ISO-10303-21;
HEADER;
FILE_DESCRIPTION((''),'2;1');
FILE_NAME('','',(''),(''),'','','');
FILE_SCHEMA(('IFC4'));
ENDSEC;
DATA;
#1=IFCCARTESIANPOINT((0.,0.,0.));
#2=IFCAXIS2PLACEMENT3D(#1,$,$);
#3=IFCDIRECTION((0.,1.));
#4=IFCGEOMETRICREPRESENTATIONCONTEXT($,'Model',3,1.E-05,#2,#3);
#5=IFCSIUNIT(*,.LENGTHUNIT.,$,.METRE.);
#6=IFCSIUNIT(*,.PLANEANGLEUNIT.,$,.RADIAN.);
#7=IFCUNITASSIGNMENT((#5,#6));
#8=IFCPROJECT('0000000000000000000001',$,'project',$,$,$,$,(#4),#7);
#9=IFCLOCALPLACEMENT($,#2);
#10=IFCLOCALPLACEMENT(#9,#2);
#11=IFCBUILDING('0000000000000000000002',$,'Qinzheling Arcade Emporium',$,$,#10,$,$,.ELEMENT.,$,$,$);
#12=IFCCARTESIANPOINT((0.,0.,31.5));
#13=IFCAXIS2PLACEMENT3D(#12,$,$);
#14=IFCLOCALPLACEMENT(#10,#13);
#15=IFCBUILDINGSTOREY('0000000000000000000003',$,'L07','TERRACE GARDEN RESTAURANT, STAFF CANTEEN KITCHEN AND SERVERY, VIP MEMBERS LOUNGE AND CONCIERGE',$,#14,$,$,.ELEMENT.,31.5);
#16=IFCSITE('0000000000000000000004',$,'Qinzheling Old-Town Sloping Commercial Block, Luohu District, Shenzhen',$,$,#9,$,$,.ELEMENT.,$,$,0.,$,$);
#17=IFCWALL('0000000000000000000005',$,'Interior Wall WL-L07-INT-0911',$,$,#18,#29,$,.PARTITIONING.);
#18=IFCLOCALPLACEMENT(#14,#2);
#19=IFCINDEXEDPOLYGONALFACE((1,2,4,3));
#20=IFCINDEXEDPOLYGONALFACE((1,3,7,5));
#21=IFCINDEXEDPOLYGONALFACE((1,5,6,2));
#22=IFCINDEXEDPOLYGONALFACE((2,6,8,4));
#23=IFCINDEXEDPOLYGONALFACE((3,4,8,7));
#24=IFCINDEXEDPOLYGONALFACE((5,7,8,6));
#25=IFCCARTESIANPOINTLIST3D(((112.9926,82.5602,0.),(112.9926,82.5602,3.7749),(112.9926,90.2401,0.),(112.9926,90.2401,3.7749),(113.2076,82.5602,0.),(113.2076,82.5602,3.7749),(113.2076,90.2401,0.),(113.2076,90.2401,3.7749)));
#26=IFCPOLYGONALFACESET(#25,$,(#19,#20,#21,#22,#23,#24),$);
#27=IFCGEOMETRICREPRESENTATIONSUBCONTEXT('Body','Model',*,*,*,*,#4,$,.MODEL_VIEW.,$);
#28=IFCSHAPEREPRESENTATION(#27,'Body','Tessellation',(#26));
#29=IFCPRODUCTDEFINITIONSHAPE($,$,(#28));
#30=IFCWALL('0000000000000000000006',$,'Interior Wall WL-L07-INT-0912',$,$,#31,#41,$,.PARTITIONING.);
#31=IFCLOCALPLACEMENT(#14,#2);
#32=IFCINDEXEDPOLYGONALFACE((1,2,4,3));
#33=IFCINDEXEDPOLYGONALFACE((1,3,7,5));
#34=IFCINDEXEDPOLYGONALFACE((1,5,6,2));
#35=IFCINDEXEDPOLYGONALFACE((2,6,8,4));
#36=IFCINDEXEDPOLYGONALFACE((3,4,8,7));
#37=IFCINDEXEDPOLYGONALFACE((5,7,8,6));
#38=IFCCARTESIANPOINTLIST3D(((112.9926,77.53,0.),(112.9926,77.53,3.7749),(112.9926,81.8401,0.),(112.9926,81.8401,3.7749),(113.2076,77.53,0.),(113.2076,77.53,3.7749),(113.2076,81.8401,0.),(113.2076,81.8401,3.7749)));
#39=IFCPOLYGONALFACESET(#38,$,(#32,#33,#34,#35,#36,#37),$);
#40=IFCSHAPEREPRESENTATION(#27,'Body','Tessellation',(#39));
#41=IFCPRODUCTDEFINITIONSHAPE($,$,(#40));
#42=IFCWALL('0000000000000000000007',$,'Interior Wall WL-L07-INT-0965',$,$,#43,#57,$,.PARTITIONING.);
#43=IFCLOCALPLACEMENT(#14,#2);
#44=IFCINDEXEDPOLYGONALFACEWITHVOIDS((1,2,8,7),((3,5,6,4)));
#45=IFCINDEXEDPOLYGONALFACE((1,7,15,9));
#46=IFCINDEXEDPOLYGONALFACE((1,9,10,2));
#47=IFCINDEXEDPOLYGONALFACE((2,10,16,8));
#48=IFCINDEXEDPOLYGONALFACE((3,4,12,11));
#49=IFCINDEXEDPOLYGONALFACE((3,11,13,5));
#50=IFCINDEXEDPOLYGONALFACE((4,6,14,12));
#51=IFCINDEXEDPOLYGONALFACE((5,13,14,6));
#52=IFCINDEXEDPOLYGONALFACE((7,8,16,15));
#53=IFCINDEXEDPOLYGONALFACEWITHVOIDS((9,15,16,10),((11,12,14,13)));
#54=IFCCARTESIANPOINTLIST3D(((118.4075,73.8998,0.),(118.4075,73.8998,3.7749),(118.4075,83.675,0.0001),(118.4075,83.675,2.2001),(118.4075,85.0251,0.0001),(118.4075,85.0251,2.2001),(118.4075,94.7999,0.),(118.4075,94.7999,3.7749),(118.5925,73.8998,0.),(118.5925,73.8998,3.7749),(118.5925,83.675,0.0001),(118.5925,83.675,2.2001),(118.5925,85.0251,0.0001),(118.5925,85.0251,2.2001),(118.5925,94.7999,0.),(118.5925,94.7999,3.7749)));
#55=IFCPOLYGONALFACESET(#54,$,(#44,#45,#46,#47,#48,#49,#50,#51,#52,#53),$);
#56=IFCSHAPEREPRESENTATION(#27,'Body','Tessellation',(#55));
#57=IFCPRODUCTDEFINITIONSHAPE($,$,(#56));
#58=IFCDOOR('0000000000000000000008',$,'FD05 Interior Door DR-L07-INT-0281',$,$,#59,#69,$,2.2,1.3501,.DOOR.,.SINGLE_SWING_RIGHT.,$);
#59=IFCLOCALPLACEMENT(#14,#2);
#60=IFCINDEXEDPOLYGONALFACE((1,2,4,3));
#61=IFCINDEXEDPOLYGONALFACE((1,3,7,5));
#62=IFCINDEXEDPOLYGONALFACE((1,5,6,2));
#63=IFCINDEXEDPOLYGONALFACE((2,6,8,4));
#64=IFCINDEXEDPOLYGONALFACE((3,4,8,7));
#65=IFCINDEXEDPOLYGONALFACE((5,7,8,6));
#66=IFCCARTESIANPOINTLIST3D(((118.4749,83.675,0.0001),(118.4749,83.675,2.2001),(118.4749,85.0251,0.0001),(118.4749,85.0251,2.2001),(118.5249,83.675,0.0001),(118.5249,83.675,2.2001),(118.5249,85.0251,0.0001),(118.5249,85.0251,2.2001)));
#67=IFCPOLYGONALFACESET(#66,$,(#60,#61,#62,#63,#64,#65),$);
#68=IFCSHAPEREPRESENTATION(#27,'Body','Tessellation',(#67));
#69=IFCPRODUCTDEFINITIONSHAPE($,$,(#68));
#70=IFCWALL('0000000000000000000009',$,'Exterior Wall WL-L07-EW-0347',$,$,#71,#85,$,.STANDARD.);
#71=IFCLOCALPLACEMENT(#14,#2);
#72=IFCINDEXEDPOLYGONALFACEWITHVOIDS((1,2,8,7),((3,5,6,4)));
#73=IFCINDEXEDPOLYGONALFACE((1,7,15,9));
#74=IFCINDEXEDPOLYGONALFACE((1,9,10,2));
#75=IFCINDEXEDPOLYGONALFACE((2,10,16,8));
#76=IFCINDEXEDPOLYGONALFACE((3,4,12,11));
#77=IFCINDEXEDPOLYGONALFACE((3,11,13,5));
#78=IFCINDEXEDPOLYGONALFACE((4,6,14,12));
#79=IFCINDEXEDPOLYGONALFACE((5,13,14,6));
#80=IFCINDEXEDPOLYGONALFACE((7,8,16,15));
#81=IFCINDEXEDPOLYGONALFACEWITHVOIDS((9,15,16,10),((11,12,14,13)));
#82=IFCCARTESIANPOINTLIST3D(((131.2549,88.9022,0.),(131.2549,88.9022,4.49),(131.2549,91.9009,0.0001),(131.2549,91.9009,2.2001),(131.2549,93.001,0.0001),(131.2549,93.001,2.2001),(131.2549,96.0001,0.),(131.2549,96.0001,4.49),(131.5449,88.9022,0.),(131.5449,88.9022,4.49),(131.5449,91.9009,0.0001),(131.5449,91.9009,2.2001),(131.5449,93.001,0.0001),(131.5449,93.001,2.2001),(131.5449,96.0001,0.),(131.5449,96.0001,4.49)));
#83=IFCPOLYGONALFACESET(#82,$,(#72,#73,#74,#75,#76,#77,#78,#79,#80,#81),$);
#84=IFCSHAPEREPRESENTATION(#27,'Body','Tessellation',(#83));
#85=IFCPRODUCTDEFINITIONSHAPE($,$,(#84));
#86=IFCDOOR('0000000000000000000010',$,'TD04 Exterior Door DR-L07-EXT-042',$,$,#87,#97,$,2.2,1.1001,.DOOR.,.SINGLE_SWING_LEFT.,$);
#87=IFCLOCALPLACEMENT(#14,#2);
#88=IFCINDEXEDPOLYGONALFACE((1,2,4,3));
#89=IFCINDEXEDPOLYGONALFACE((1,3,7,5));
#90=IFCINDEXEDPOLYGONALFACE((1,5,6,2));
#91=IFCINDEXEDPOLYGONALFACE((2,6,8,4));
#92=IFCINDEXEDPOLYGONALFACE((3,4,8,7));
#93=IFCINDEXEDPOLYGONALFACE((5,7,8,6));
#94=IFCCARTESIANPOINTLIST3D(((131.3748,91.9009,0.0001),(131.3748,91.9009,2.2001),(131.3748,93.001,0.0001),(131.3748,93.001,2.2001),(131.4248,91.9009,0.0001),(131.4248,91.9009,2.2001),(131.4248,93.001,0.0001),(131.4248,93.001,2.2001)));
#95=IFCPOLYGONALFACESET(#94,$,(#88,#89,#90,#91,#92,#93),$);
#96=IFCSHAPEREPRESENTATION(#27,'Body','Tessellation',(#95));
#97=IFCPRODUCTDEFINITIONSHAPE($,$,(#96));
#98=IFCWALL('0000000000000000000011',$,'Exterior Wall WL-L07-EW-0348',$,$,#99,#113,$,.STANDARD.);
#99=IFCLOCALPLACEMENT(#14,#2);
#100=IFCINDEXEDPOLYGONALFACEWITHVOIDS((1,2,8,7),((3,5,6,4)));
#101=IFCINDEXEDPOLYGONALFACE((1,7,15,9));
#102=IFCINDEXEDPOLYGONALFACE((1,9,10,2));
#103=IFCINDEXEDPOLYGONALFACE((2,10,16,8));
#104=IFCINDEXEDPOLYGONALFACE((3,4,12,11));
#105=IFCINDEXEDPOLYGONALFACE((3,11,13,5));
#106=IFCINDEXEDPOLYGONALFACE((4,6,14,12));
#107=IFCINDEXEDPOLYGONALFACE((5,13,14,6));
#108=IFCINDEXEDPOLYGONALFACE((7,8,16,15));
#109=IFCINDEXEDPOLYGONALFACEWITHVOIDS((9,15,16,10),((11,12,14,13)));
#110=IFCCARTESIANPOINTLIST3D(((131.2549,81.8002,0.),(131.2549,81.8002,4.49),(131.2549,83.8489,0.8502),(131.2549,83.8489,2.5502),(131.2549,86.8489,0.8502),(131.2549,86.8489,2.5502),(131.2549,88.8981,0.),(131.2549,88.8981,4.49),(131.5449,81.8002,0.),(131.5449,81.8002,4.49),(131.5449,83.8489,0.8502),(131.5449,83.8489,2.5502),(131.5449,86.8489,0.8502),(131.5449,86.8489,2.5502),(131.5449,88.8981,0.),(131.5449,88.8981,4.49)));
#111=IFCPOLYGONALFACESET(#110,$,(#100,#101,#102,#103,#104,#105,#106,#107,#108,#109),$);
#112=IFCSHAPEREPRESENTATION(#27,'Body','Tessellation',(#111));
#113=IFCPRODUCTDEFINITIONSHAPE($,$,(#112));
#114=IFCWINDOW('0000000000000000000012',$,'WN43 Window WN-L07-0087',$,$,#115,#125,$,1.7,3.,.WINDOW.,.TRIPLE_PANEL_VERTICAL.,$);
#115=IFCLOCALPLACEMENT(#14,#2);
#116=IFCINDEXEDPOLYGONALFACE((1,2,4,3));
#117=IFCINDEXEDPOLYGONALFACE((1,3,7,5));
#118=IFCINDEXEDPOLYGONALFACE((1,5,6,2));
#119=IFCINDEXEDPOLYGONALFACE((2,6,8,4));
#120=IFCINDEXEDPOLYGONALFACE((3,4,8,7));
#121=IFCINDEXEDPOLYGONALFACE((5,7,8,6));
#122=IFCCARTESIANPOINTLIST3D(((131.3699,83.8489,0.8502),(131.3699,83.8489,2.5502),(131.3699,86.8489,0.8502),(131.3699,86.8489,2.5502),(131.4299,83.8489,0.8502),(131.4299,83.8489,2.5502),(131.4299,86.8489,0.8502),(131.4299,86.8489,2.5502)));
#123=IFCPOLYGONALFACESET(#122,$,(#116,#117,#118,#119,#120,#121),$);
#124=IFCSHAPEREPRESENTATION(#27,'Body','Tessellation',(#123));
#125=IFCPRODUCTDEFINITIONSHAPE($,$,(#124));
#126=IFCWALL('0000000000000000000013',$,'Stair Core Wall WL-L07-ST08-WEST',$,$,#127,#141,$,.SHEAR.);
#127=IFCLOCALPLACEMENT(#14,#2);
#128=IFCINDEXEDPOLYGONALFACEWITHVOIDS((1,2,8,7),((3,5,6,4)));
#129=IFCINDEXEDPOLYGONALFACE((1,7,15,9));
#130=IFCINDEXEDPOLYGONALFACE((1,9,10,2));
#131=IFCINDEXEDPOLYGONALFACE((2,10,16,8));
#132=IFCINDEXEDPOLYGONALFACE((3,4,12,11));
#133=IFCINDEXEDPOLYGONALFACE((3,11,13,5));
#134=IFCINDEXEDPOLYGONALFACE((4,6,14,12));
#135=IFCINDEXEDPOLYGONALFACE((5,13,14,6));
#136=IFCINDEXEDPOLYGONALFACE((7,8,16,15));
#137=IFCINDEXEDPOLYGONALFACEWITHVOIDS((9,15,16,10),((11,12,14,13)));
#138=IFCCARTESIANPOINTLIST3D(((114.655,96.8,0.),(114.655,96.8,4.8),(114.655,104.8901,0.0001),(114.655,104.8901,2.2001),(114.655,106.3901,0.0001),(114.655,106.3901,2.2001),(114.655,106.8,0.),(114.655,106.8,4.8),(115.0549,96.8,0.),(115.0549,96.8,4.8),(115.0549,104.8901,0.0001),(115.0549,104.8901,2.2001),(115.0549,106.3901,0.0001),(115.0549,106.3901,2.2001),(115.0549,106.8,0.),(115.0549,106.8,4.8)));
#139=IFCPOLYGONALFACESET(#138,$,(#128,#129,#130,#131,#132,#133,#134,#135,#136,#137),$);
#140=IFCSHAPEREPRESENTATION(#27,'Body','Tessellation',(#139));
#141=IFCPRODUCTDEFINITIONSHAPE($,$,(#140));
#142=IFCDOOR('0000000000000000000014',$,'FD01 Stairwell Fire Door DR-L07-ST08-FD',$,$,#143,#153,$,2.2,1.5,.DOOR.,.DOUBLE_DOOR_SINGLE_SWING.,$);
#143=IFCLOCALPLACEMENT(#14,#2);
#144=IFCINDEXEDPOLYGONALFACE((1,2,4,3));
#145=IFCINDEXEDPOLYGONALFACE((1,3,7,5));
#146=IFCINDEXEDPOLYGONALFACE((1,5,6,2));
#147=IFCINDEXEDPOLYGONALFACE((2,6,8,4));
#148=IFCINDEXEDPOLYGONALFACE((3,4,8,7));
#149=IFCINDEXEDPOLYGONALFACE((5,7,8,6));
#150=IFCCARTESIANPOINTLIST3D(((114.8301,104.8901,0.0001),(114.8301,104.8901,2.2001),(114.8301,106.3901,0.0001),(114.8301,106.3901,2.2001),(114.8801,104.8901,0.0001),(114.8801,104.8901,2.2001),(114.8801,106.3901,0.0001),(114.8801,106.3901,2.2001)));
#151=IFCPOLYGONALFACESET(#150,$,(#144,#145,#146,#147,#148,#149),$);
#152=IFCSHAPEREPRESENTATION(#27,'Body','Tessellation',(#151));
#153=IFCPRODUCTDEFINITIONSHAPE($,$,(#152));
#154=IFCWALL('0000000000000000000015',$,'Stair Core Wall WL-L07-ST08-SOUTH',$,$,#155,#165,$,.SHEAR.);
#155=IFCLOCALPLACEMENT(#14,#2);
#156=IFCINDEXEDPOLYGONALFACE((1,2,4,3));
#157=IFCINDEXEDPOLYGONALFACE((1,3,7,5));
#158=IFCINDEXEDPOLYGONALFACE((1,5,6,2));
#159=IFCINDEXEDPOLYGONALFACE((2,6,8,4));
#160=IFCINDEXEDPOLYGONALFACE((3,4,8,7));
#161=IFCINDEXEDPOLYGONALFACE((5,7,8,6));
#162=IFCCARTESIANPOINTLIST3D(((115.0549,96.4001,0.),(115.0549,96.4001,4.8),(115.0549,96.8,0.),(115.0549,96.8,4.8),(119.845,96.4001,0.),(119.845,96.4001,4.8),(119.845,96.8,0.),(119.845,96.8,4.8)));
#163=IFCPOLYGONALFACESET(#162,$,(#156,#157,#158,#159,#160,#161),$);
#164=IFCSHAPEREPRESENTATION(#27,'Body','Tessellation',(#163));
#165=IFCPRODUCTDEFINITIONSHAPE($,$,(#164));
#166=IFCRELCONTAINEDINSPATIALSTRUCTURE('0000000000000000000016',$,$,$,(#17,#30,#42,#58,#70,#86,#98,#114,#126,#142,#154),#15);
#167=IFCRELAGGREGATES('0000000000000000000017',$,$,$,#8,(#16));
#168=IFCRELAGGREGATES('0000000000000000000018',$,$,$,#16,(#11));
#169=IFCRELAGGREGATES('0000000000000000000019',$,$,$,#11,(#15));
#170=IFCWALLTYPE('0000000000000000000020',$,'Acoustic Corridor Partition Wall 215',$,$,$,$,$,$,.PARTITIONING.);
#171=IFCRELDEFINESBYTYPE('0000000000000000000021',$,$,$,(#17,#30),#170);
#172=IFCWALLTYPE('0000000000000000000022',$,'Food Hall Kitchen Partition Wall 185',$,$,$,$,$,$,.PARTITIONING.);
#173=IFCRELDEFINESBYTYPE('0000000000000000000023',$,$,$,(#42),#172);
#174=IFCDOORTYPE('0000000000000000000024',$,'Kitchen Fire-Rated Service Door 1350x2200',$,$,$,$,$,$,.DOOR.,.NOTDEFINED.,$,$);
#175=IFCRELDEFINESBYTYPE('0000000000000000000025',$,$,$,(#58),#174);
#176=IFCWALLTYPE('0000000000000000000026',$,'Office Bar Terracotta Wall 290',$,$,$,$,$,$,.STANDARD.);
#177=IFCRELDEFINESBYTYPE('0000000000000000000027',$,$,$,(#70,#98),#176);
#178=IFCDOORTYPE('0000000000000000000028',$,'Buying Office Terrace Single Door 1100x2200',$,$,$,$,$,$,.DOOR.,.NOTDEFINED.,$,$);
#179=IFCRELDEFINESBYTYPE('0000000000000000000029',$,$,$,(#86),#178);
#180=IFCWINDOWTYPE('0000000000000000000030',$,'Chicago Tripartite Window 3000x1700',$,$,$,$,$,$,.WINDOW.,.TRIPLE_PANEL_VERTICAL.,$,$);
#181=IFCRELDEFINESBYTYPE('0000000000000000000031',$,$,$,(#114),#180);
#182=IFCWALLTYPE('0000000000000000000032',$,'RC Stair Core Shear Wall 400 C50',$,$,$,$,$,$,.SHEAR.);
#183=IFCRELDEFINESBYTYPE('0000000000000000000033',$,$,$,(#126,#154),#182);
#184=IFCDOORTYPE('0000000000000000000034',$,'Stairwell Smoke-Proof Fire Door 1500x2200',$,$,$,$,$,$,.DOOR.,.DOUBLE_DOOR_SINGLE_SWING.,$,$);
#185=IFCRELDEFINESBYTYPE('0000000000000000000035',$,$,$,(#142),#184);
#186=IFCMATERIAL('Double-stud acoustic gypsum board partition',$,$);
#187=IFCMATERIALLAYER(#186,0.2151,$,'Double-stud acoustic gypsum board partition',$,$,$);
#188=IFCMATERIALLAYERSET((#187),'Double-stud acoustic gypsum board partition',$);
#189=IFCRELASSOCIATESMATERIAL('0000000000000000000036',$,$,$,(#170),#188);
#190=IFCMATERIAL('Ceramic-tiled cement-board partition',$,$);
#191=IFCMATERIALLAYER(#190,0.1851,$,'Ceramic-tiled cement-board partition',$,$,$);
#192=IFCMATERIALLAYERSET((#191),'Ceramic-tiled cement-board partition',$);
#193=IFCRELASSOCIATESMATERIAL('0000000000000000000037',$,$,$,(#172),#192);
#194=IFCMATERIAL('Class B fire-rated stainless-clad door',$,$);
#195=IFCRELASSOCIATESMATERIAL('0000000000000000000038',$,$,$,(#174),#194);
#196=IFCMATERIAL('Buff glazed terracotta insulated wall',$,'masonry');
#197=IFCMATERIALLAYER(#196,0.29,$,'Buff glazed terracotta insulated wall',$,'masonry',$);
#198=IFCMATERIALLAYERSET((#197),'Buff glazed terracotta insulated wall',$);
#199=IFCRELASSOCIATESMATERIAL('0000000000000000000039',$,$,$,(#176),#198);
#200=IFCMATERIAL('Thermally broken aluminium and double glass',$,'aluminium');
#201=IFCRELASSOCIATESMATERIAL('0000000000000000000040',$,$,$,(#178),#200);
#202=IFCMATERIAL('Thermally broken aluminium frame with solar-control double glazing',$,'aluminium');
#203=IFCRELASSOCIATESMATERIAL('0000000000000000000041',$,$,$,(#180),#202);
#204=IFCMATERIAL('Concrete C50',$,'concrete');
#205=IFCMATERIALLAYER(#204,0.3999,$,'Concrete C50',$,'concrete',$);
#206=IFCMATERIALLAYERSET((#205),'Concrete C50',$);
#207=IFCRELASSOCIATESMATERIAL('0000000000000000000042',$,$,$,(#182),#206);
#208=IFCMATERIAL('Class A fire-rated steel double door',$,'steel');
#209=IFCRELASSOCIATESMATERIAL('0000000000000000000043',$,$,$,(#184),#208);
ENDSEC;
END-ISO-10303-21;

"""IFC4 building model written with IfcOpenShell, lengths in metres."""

from ifc_helpers import new_model, si_unit, direction, frame, frame_2d, origin, place, context, subcontext, project, spatial, rectangle, extrude, material, layer, layer_set, type_object, element, fill, save


model = new_model("IFC4")

# Units and contexts
model_context = context("Model", 3, precision=1e-05, world=origin(), true_north=direction((0.0, 1.0)))
body_context = subcontext(model_context, "Body", "Model", "MODEL_VIEW")
ifc_project = project(units=[si_unit("LENGTHUNIT", "METRE"), si_unit("PLANEANGLEUNIT", "RADIAN")], contexts=[model_context])

# Site, building, storey
site_placement = place(None, origin())
site = spatial("IfcSite", under=ifc_project, at=site_placement, Name="Qinzheling Old-Town Sloping Commercial Block, Luohu District, Shenzhen", CompositionType="ELEMENT", RefElevation=0.0)
building_placement = place(site_placement, origin())
building = spatial("IfcBuilding", under=site, at=building_placement, Name="Qinzheling Arcade Emporium", CompositionType="ELEMENT")
storey_placement = place(building_placement, frame((0.0, 0.0, 31.5)))
storey = spatial("IfcBuildingStorey", under=building, at=storey_placement, Name="L07", Description="TERRACE GARDEN RESTAURANT, STAFF CANTEEN KITCHEN AND SERVERY, VIP MEMBERS LOUNGE AND CONCIERGE", CompositionType="ELEMENT", Elevation=31.5)

# Walls
ifc_material_1 = material(Name="Double-stud acoustic gypsum board partition")
ifc_layer_1 = layer(ifc_material_1, 0.2151, Name="Double-stud acoustic gypsum board partition")
ifc_layer_set_1 = layer_set([ifc_layer_1], Name="Double-stud acoustic gypsum board partition")
wall_type_1 = type_object("IfcWallType", Name="Acoustic Corridor Partition Wall 215", PredefinedType="PARTITIONING", material=ifc_layer_set_1)
wall_1_placement = place(storey_placement, frame((113.1001, 90.24, 0.0), z_axis=(0.0, 0.0, 1.0), x_axis=(0.0, -1.0, 0.0)))
element("IfcWall", 1, at=wall_1_placement, inside=storey, type_object=wall_type_1, Name="Interior Wall WL-L07-INT-0911", PredefinedType="PARTITIONING", context=body_context, shape_type="SweptSolid", body=[
    extrude(rectangle(XDim=7.6799, YDim=0.2151, at=frame_2d((3.8398, 0.0))), origin(), (0.0, 0.0, 1.0), 3.7749),
])
wall_2_placement = place(storey_placement, frame((113.1001, 81.8401, 0.0), z_axis=(0.0, 0.0, 1.0), x_axis=(0.0, -1.0, 0.0)))
element("IfcWall", 2, at=wall_2_placement, inside=storey, type_object=wall_type_1, Name="Interior Wall WL-L07-INT-0912", PredefinedType="PARTITIONING", context=body_context, shape_type="SweptSolid", body=[
    extrude(rectangle(XDim=4.3101, YDim=0.2151, at=frame_2d((2.155, 0.0))), origin(), (0.0, 0.0, 1.0), 3.7749),
])

# Walls, openings, doors
ifc_material_2 = material(Name="Ceramic-tiled cement-board partition")
ifc_layer_2 = layer(ifc_material_2, 0.1851, Name="Ceramic-tiled cement-board partition")
ifc_layer_set_2 = layer_set([ifc_layer_2], Name="Ceramic-tiled cement-board partition")
wall_type_2 = type_object("IfcWallType", Name="Food Hall Kitchen Partition Wall 185", PredefinedType="PARTITIONING", material=ifc_layer_set_2)
wall_3_placement = place(storey_placement, frame((118.5, 94.8, 0.0), z_axis=(0.0, 0.0, 1.0), x_axis=(0.0, -1.0, 0.0)))
wall_3 = element("IfcWall", 3, at=wall_3_placement, inside=storey, type_object=wall_type_2, Name="Interior Wall WL-L07-INT-0965", PredefinedType="PARTITIONING", context=body_context, shape_type="SweptSolid", body=[
    extrude(rectangle(XDim=20.9001, YDim=0.1851, at=frame_2d((10.4502, 0.0))), origin(), (0.0, 0.0, 1.0), 3.7749),
])
opening_1_placement = place(wall_3_placement, frame((9.7749, 0.0, 0.0)))
opening_1 = element("IfcOpeningElement", 4, at=opening_1_placement, cuts=wall_3, PredefinedType="OPENING", context=body_context, shape_type="SweptSolid", body=[
    extrude(rectangle(XDim=1.3501, YDim=2.2, at=frame_2d((0.675, 1.1001))), frame((0.0, 0.1025, 0.0), z_axis=(0.0, -1.0, 0.0), x_axis=(1.0, 0.0, 0.0)), (0.0, 0.0, 1.0), 0.2051),
])
ifc_material_3 = material(Name="Class B fire-rated stainless-clad door")
door_type_1 = type_object("IfcDoorType", Name="Kitchen Fire-Rated Service Door 1350x2200", OperationType="NOTDEFINED", PredefinedType="DOOR", material=ifc_material_3)
door_1_placement = place(opening_1_placement, origin())
door_1 = element("IfcDoor", 5, at=door_1_placement, inside=storey, type_object=door_type_1, Name="FD05 Interior Door DR-L07-INT-0281", OperationType="SINGLE_SWING_RIGHT", OverallHeight=2.2, OverallWidth=1.3501, PredefinedType="DOOR", context=body_context, shape_type="SweptSolid", body=[
    extrude(rectangle(XDim=1.3501, YDim=2.2, at=frame_2d((0.675, 1.1001))), frame((0.0, 0.0249, 0.0), z_axis=(0.0, -1.0, 0.0), x_axis=(1.0, 0.0, 0.0)), (0.0, 0.0, 1.0), 0.05),
])
fill(opening_1, door_1)
ifc_material_4 = material(Name="Buff glazed terracotta insulated wall", Category="masonry")
ifc_layer_3 = layer(ifc_material_4, 0.29, Name="Buff glazed terracotta insulated wall", Category="masonry")
ifc_layer_set_3 = layer_set([ifc_layer_3], Name="Buff glazed terracotta insulated wall")
wall_type_3 = type_object("IfcWallType", Name="Office Bar Terracotta Wall 290", PredefinedType="STANDARD", material=ifc_layer_set_3)
wall_4_placement = place(storey_placement, frame((131.3999, 96.0, 0.0), z_axis=(0.0, 0.0, 1.0), x_axis=(0.0, -1.0, 0.0)))
wall_4 = element("IfcWall", 6, at=wall_4_placement, inside=storey, type_object=wall_type_3, Name="Exterior Wall WL-L07-EW-0347", PredefinedType="STANDARD", context=body_context, shape_type="SweptSolid", body=[
    extrude(rectangle(XDim=7.0979, YDim=0.29, at=frame_2d((3.5488, 0.0))), origin(), (0.0, 0.0, 1.0), 4.49),
])
opening_2_placement = place(wall_4_placement, frame((2.999, 0.0, 0.0)))
opening_2 = element("IfcOpeningElement", 7, at=opening_2_placement, cuts=wall_4, PredefinedType="OPENING", context=body_context, shape_type="SweptSolid", body=[
    extrude(rectangle(XDim=1.1001, YDim=2.2, at=frame_2d((0.55, 1.1001))), frame((0.0, 0.155, 0.0), z_axis=(0.0, -1.0, 0.0), x_axis=(1.0, 0.0, 0.0)), (0.0, 0.0, 1.0), 0.3101),
])
ifc_material_5 = material(Name="Thermally broken aluminium and double glass", Category="aluminium")
door_type_2 = type_object("IfcDoorType", Name="Buying Office Terrace Single Door 1100x2200", OperationType="NOTDEFINED", PredefinedType="DOOR", material=ifc_material_5)
door_2_placement = place(opening_2_placement, origin())
door_2 = element("IfcDoor", 8, at=door_2_placement, inside=storey, type_object=door_type_2, Name="TD04 Exterior Door DR-L07-EXT-042", OperationType="SINGLE_SWING_LEFT", OverallHeight=2.2, OverallWidth=1.1001, PredefinedType="DOOR", context=body_context, shape_type="SweptSolid", body=[
    extrude(rectangle(XDim=1.1001, YDim=2.2, at=frame_2d((0.55, 1.1001))), frame((0.0, 0.0249, 0.0), z_axis=(0.0, -1.0, 0.0), x_axis=(1.0, 0.0, 0.0)), (0.0, 0.0, 1.0), 0.05),
])
fill(opening_2, door_2)

# Wall, opening, window
wall_5_placement = place(storey_placement, frame((131.3999, 88.8979, 0.0), z_axis=(0.0, 0.0, 1.0), x_axis=(0.0, -1.0, 0.0)))
wall_5 = element("IfcWall", 9, at=wall_5_placement, inside=storey, type_object=wall_type_3, Name="Exterior Wall WL-L07-EW-0348", PredefinedType="STANDARD", context=body_context, shape_type="SweptSolid", body=[
    extrude(rectangle(XDim=7.0979, YDim=0.29, at=frame_2d((3.5488, 0.0))), origin(), (0.0, 0.0, 1.0), 4.49),
])
opening_3_placement = place(wall_5_placement, frame((2.0491, 0.0, 0.8501)))
opening_3 = element("IfcOpeningElement", 10, at=opening_3_placement, cuts=wall_5, PredefinedType="OPENING", context=body_context, shape_type="SweptSolid", body=[
    extrude(rectangle(XDim=3.0, YDim=1.7, at=frame_2d((1.5, 0.8501))), frame((0.0, 0.155, 0.0), z_axis=(0.0, -1.0, 0.0), x_axis=(1.0, 0.0, 0.0)), (0.0, 0.0, 1.0), 0.3101),
])
ifc_material_6 = material(Name="Thermally broken aluminium frame with solar-control double glazing", Category="aluminium")
window_type = type_object("IfcWindowType", Name="Chicago Tripartite Window 3000x1700", PartitioningType="TRIPLE_PANEL_VERTICAL", PredefinedType="WINDOW", material=ifc_material_6)
window_placement = place(opening_3_placement, origin())
window = element("IfcWindow", 11, at=window_placement, inside=storey, type_object=window_type, Name="WN43 Window WN-L07-0087", OverallHeight=1.7, OverallWidth=3.0, PartitioningType="TRIPLE_PANEL_VERTICAL", PredefinedType="WINDOW", context=body_context, shape_type="SweptSolid", body=[
    extrude(rectangle(XDim=3.0, YDim=1.7, at=frame_2d((1.5, 0.8501))), frame((0.0, 0.03, 0.0), z_axis=(0.0, -1.0, 0.0), x_axis=(1.0, 0.0, 0.0)), (0.0, 0.0, 1.0), 0.0601),
])
fill(opening_3, window)

# Wall, opening, door
ifc_material_7 = material(Name="Concrete C50", Category="concrete")
ifc_layer_4 = layer(ifc_material_7, 0.3999, Name="Concrete C50", Category="concrete")
ifc_layer_set_4 = layer_set([ifc_layer_4], Name="Concrete C50")
wall_type_4 = type_object("IfcWallType", Name="RC Stair Core Shear Wall 400 C50", PredefinedType="SHEAR", material=ifc_layer_set_4)
wall_6_placement = place(storey_placement, frame((114.855, 96.8, 0.0), z_axis=(0.0, 0.0, 1.0), x_axis=(0.0, 1.0, 0.0)))
wall_6 = element("IfcWall", 12, at=wall_6_placement, inside=storey, type_object=wall_type_4, Name="Stair Core Wall WL-L07-ST08-WEST", PredefinedType="SHEAR", context=body_context, shape_type="SweptSolid", body=[
    extrude(rectangle(XDim=10.0, YDim=0.3999, at=frame_2d((5.0, 0.0))), origin(), (0.0, 0.0, 1.0), 4.8),
])
opening_4_placement = place(wall_6_placement, frame((8.0901, 0.0, 0.0)))
opening_4 = element("IfcOpeningElement", 13, at=opening_4_placement, cuts=wall_6, PredefinedType="OPENING", context=body_context, shape_type="SweptSolid", body=[
    extrude(rectangle(XDim=1.5, YDim=2.2, at=frame_2d((0.75, 1.1001))), frame((0.0, 0.21, 0.0), z_axis=(0.0, -1.0, 0.0), x_axis=(1.0, 0.0, 0.0)), (0.0, 0.0, 1.0), 0.4199),
])
ifc_material_8 = material(Name="Class A fire-rated steel double door", Category="steel")
door_type_3 = type_object("IfcDoorType", Name="Stairwell Smoke-Proof Fire Door 1500x2200", OperationType="DOUBLE_DOOR_SINGLE_SWING", PredefinedType="DOOR", material=ifc_material_8)
door_3_placement = place(opening_4_placement, origin())
door_3 = element("IfcDoor", 14, at=door_3_placement, inside=storey, type_object=door_type_3, Name="FD01 Stairwell Fire Door DR-L07-ST08-FD", OperationType="DOUBLE_DOOR_SINGLE_SWING", OverallHeight=2.2, OverallWidth=1.5, PredefinedType="DOOR", context=body_context, shape_type="SweptSolid", body=[
    extrude(rectangle(XDim=1.5, YDim=2.2, at=frame_2d((0.75, 1.1001))), frame((0.0, 0.0249, 0.0), z_axis=(0.0, -1.0, 0.0), x_axis=(1.0, 0.0, 0.0)), (0.0, 0.0, 1.0), 0.05),
])
fill(opening_4, door_3)

# Wall
wall_7_placement = place(storey_placement, frame((119.845, 96.6001, 0.0), z_axis=(0.0, 0.0, 1.0), x_axis=(-1.0, 0.0, 0.0)))
element("IfcWall", 15, at=wall_7_placement, inside=storey, type_object=wall_type_4, Name="Stair Core Wall WL-L07-ST08-SOUTH", PredefinedType="SHEAR", context=body_context, shape_type="SweptSolid", body=[
    extrude(rectangle(XDim=4.79, YDim=0.3999, at=frame_2d((2.395, 0.0))), origin(), (0.0, 0.0, 1.0), 4.8),
])

save(model, "model.ifc")
